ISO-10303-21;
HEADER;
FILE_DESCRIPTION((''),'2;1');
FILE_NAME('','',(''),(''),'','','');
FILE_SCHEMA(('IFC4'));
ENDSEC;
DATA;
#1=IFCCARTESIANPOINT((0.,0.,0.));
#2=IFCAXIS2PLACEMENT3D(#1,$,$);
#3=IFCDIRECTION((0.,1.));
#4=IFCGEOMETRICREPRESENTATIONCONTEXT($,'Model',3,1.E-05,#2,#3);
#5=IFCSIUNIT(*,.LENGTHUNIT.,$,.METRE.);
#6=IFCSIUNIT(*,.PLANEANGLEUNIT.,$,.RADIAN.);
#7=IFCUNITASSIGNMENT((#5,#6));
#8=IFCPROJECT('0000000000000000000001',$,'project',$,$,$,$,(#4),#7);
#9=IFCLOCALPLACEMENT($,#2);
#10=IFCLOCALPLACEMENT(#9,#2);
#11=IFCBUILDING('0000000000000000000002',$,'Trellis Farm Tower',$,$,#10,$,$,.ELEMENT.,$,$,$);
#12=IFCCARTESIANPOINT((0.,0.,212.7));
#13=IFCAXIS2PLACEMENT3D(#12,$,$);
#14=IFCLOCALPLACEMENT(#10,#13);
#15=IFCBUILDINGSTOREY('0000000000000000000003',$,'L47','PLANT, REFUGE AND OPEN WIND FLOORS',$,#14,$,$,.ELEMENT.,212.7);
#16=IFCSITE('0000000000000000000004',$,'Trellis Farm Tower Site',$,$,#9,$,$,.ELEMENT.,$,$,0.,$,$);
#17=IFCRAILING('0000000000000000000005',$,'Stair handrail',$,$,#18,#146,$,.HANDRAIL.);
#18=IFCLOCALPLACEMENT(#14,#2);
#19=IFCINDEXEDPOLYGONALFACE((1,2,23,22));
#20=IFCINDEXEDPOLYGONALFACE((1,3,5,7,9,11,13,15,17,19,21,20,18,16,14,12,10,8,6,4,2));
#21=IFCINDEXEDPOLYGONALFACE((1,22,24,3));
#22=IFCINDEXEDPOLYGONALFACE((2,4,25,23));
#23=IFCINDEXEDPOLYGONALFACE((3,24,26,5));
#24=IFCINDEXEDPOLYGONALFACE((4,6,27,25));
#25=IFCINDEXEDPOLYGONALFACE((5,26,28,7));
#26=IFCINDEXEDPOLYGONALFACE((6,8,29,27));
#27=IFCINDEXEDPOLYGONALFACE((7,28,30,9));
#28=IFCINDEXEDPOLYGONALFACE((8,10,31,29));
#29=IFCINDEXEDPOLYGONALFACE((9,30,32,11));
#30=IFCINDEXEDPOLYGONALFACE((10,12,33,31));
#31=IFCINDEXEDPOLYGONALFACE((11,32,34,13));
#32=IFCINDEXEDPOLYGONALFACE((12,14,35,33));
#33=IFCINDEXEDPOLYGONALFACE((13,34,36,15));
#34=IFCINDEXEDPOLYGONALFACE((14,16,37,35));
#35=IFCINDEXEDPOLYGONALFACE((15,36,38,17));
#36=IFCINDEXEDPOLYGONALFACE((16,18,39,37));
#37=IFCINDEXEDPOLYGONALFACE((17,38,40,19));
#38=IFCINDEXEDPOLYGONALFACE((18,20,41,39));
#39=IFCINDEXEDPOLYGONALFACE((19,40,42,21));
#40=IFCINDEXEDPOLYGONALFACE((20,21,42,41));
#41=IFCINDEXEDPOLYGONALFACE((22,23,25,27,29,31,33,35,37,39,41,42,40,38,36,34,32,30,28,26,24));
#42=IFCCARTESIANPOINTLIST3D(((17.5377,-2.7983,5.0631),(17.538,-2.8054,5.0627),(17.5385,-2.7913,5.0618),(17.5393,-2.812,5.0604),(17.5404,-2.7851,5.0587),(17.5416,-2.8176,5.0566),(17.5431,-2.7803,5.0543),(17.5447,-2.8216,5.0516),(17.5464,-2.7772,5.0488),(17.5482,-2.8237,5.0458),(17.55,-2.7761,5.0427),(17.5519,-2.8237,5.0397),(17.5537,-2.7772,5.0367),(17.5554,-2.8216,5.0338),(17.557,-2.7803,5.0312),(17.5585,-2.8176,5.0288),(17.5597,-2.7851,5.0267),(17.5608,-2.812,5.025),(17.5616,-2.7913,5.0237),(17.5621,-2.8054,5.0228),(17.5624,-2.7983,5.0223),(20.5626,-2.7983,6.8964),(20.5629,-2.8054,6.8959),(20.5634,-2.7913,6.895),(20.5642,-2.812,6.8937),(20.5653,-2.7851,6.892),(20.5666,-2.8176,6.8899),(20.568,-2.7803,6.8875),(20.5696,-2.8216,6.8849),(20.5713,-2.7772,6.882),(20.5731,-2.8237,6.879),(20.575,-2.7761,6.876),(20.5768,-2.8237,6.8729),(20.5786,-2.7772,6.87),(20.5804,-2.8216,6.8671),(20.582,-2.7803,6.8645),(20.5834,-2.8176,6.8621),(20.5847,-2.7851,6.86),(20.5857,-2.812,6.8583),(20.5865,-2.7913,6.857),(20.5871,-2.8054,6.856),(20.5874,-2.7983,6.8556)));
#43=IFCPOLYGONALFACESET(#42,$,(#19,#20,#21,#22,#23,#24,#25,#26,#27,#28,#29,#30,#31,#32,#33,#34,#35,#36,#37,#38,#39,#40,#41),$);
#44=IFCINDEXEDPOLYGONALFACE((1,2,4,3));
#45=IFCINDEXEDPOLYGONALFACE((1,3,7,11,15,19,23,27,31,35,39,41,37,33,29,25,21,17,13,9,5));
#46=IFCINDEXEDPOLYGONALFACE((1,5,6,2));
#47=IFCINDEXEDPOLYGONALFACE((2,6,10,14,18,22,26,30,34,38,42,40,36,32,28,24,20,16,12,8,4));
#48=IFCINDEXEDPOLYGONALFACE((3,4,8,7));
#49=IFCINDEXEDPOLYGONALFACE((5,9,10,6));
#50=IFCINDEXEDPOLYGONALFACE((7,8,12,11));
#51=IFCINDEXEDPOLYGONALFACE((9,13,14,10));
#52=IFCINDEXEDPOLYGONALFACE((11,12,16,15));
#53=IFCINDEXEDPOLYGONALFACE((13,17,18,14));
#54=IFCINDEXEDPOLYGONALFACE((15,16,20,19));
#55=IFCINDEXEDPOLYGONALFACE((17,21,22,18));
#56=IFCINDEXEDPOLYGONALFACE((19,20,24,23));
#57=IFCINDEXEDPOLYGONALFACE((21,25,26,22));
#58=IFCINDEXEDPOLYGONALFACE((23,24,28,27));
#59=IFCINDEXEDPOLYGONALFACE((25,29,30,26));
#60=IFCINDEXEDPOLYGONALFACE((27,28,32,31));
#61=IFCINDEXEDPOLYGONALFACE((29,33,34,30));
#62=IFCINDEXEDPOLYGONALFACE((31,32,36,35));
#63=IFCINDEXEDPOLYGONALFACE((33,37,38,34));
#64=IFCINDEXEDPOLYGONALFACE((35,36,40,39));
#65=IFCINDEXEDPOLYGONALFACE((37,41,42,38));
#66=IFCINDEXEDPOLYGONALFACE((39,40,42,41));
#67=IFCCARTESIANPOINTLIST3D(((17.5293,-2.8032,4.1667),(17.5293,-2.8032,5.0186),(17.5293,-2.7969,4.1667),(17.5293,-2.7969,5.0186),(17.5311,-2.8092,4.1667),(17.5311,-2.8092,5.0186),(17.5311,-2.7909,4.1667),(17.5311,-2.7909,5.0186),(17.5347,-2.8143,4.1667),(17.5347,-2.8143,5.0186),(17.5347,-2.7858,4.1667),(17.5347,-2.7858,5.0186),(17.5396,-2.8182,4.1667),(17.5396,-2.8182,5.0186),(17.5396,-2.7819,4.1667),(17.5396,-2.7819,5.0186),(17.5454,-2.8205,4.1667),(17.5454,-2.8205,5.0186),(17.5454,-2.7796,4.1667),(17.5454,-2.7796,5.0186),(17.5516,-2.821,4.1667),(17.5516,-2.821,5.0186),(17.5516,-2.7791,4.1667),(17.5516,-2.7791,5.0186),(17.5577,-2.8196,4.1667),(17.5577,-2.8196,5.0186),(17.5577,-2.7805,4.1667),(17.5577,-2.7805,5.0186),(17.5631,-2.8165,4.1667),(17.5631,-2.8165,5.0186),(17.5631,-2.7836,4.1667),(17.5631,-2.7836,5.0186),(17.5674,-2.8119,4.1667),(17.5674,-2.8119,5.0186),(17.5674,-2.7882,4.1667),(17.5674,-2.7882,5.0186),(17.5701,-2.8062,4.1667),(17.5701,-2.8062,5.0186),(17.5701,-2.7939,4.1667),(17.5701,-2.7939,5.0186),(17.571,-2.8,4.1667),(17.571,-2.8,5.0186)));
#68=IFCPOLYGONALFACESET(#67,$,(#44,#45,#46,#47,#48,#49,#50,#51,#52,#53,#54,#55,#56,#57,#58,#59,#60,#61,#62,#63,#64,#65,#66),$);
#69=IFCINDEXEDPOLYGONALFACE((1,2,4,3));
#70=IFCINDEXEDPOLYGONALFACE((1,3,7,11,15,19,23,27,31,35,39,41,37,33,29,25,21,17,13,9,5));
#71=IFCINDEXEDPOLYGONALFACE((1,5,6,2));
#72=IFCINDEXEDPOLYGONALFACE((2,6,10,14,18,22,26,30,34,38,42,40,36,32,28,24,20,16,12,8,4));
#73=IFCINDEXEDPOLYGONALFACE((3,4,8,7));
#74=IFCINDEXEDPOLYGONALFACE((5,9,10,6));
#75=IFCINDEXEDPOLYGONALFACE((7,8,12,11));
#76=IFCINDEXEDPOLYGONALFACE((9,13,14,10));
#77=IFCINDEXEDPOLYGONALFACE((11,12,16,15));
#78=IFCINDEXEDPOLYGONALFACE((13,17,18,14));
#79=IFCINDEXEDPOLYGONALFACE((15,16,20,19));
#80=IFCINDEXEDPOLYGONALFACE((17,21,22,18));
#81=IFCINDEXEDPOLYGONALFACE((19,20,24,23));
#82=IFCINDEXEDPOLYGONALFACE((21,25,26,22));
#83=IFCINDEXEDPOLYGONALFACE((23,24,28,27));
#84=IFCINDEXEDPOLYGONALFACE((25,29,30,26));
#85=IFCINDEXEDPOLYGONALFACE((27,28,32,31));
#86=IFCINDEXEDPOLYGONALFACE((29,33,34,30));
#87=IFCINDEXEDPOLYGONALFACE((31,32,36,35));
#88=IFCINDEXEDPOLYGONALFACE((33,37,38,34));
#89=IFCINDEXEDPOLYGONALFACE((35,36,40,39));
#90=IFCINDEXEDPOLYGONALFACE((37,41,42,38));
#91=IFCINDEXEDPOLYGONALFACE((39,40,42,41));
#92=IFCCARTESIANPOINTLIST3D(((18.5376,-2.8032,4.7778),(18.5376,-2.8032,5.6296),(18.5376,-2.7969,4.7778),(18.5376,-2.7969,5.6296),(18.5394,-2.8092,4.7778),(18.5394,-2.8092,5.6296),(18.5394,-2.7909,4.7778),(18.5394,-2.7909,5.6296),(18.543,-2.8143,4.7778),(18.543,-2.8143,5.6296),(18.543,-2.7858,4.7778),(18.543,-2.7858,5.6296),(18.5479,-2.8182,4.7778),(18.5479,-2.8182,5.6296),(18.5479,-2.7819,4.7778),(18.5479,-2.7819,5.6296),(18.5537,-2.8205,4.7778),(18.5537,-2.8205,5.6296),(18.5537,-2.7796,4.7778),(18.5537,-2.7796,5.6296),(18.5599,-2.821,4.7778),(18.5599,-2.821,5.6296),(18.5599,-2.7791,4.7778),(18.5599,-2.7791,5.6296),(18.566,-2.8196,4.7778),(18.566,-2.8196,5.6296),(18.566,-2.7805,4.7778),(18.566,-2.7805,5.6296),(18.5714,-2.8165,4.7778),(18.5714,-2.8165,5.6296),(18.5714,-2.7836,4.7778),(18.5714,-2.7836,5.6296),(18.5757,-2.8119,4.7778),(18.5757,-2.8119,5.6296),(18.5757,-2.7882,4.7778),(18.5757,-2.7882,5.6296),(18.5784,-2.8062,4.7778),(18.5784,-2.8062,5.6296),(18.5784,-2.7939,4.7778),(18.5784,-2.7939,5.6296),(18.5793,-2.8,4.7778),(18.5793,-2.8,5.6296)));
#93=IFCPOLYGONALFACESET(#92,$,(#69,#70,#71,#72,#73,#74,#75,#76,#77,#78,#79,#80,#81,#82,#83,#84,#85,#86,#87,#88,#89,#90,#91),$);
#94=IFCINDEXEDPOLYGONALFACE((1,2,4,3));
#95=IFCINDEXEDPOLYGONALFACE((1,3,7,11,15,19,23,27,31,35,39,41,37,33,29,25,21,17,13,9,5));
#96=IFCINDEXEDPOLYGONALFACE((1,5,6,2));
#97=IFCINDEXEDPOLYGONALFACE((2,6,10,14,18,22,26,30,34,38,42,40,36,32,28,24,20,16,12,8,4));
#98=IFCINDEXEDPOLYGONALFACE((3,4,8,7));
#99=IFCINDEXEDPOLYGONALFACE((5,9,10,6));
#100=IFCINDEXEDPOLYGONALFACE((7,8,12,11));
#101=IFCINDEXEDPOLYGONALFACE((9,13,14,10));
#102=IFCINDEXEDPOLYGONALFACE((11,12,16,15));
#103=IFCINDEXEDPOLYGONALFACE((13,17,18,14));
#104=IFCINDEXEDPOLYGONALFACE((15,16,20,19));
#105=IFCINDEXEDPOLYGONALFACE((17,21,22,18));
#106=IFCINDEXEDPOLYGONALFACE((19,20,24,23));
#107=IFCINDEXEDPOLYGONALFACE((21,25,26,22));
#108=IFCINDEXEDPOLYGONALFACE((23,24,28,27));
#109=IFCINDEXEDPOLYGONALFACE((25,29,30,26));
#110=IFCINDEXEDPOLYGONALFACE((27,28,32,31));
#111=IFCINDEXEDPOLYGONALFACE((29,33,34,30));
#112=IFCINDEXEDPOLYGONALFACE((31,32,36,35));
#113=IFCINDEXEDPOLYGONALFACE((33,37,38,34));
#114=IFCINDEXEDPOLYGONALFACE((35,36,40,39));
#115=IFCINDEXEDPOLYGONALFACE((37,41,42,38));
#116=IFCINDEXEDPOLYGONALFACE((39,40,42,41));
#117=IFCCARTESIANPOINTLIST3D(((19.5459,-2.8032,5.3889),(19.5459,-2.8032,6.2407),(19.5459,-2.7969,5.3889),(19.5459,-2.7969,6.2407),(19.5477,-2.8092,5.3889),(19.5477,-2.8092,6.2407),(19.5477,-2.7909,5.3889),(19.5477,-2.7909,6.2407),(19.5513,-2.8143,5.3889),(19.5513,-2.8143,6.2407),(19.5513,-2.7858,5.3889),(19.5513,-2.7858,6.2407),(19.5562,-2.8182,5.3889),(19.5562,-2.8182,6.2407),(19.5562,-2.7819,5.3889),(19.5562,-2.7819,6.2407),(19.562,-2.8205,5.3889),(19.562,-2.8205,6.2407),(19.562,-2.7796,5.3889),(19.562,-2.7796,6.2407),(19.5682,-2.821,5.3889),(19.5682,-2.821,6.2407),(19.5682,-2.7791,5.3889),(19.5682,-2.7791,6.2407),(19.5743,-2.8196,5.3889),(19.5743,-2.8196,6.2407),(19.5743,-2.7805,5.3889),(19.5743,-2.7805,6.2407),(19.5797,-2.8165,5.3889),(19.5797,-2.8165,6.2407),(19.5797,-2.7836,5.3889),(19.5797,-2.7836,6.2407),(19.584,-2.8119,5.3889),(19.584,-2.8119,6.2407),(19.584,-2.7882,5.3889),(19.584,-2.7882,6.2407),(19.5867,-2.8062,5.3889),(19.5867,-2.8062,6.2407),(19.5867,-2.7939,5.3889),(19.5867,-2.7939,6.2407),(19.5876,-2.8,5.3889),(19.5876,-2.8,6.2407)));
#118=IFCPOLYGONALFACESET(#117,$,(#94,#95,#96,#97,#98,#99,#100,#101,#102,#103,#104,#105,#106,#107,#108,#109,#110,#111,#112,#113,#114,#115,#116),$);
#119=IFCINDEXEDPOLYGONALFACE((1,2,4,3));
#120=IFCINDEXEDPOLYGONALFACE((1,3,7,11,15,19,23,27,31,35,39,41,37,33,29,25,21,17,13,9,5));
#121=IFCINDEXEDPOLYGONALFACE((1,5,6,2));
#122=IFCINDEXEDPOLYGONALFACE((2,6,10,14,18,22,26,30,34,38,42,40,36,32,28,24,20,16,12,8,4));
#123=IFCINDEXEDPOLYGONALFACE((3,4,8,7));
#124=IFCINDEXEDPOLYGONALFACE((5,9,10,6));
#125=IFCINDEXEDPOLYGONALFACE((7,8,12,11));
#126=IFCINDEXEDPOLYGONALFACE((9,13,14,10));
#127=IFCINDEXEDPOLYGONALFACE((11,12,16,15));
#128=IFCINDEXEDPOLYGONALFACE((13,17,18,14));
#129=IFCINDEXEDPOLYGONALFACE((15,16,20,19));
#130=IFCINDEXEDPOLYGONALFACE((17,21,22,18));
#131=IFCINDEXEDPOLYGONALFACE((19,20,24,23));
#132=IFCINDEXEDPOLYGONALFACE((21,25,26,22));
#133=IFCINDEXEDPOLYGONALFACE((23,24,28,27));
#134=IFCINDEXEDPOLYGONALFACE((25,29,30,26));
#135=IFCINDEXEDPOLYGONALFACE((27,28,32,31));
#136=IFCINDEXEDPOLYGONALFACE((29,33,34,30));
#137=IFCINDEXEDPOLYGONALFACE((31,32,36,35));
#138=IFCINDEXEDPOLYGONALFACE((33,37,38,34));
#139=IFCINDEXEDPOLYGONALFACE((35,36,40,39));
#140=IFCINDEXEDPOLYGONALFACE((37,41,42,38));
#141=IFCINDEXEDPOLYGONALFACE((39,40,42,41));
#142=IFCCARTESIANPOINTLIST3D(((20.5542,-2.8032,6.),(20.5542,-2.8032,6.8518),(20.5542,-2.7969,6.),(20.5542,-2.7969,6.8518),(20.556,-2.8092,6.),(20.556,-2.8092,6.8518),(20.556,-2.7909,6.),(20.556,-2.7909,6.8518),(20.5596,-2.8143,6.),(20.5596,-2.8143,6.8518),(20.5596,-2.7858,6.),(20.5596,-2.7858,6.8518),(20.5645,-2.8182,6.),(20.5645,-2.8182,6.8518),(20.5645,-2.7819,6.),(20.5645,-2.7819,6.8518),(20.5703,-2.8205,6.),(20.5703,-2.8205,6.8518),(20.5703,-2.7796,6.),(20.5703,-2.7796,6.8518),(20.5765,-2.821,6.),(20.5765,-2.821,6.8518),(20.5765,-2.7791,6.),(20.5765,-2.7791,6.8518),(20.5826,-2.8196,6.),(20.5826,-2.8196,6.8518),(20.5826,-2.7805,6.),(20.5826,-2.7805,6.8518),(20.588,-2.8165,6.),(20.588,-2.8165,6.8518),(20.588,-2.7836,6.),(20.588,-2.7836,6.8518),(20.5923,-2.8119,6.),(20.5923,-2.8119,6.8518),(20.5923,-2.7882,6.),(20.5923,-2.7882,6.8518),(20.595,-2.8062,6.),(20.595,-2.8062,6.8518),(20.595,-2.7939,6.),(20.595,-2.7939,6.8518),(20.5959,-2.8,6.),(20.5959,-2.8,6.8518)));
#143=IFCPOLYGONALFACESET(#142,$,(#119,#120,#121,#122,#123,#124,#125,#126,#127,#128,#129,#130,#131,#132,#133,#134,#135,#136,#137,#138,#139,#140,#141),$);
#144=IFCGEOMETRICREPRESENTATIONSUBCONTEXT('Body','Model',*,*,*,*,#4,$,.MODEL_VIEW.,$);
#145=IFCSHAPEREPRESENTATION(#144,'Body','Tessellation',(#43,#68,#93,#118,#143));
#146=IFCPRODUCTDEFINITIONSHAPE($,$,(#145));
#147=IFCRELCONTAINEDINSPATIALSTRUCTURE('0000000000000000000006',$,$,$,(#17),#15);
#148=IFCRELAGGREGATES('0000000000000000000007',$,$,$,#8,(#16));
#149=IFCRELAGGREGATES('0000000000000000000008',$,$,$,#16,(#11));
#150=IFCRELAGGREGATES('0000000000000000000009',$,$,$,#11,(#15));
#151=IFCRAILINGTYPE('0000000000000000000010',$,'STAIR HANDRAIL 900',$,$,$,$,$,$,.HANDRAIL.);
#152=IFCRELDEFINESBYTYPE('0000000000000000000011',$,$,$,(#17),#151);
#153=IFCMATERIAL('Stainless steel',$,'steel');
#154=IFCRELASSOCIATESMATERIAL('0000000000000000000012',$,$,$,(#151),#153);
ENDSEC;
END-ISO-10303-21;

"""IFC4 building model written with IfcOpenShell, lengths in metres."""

from ifc_helpers import new_model, si_unit, direction, frame, origin, origin_2d, place, context, subcontext, project, spatial, circle, extrude, source, transform, mapped, material, type_object, element, save


model = new_model("IFC4")

# Units and contexts
model_context = context("Model", 3, precision=1e-05, world=origin(), true_north=direction((0.0, 1.0)))
body_context = subcontext(model_context, "Body", "Model", "MODEL_VIEW")
ifc_project = project(units=[si_unit("LENGTHUNIT", "METRE"), si_unit("PLANEANGLEUNIT", "RADIAN")], contexts=[model_context])

# Site, building, storey
site_placement = place(None, origin())
site = spatial("IfcSite", under=ifc_project, at=site_placement, Name="Trellis Farm Tower Site", CompositionType="ELEMENT", RefElevation=0.0)
building_placement = place(site_placement, origin())
building = spatial("IfcBuilding", under=site, at=building_placement, Name="Trellis Farm Tower", CompositionType="ELEMENT")
storey_placement = place(building_placement, frame((0.0, 0.0, 212.7)))
storey = spatial("IfcBuildingStorey", under=building, at=storey_placement, Name="L47", Description="PLANT, REFUGE AND OPEN WIND FLOORS", CompositionType="ELEMENT", Elevation=212.7)

# Railing
ifc_material_1 = material(Name="Stainless steel", Category="steel")
railing_type = type_object("IfcRailingType", Name="STAIR HANDRAIL 900", PredefinedType="HANDRAIL", material=ifc_material_1)
shared_shape_1 = source(origin(), body_context, "Body", "SweptSolid", [
    extrude(circle(Radius=0.0239, at=origin_2d()), frame((0.0, 0.0, 0.876), z_axis=(0.855201, 0.0, 0.518297), x_axis=(0.0, 1.0, 0.0)), (0.0, 0.0, 1.0), 3.5371),
    extrude(circle(Radius=0.021, at=origin_2d()), origin(), (0.0, 0.0, 1.0), 0.8518),
    extrude(circle(Radius=0.021, at=origin_2d()), frame((1.0083, 0.0, 0.6111)), (0.0, 0.0, 1.0), 0.8518),
    extrude(circle(Radius=0.021, at=origin_2d()), frame((2.0166, 0.0, 1.2222)), (0.0, 0.0, 1.0), 0.8518),
    extrude(circle(Radius=0.021, at=origin_2d()), frame((3.0249, 0.0, 1.8333)), (0.0, 0.0, 1.0), 0.8518),
])
for number, where, name in (
    (1, (17.55, -2.8, 4.1667), "Stair handrail"),
):
    element("IfcRailing", number, at=place(storey_placement, frame(where)), inside=storey, type_object=railing_type, Name=name, PredefinedType="HANDRAIL", context=body_context, shape_type="MappedRepresentation", body=[
        mapped(shared_shape_1, transform((0.0, 0.0, 0.0))),
    ])

save(model, "model.ifc")
